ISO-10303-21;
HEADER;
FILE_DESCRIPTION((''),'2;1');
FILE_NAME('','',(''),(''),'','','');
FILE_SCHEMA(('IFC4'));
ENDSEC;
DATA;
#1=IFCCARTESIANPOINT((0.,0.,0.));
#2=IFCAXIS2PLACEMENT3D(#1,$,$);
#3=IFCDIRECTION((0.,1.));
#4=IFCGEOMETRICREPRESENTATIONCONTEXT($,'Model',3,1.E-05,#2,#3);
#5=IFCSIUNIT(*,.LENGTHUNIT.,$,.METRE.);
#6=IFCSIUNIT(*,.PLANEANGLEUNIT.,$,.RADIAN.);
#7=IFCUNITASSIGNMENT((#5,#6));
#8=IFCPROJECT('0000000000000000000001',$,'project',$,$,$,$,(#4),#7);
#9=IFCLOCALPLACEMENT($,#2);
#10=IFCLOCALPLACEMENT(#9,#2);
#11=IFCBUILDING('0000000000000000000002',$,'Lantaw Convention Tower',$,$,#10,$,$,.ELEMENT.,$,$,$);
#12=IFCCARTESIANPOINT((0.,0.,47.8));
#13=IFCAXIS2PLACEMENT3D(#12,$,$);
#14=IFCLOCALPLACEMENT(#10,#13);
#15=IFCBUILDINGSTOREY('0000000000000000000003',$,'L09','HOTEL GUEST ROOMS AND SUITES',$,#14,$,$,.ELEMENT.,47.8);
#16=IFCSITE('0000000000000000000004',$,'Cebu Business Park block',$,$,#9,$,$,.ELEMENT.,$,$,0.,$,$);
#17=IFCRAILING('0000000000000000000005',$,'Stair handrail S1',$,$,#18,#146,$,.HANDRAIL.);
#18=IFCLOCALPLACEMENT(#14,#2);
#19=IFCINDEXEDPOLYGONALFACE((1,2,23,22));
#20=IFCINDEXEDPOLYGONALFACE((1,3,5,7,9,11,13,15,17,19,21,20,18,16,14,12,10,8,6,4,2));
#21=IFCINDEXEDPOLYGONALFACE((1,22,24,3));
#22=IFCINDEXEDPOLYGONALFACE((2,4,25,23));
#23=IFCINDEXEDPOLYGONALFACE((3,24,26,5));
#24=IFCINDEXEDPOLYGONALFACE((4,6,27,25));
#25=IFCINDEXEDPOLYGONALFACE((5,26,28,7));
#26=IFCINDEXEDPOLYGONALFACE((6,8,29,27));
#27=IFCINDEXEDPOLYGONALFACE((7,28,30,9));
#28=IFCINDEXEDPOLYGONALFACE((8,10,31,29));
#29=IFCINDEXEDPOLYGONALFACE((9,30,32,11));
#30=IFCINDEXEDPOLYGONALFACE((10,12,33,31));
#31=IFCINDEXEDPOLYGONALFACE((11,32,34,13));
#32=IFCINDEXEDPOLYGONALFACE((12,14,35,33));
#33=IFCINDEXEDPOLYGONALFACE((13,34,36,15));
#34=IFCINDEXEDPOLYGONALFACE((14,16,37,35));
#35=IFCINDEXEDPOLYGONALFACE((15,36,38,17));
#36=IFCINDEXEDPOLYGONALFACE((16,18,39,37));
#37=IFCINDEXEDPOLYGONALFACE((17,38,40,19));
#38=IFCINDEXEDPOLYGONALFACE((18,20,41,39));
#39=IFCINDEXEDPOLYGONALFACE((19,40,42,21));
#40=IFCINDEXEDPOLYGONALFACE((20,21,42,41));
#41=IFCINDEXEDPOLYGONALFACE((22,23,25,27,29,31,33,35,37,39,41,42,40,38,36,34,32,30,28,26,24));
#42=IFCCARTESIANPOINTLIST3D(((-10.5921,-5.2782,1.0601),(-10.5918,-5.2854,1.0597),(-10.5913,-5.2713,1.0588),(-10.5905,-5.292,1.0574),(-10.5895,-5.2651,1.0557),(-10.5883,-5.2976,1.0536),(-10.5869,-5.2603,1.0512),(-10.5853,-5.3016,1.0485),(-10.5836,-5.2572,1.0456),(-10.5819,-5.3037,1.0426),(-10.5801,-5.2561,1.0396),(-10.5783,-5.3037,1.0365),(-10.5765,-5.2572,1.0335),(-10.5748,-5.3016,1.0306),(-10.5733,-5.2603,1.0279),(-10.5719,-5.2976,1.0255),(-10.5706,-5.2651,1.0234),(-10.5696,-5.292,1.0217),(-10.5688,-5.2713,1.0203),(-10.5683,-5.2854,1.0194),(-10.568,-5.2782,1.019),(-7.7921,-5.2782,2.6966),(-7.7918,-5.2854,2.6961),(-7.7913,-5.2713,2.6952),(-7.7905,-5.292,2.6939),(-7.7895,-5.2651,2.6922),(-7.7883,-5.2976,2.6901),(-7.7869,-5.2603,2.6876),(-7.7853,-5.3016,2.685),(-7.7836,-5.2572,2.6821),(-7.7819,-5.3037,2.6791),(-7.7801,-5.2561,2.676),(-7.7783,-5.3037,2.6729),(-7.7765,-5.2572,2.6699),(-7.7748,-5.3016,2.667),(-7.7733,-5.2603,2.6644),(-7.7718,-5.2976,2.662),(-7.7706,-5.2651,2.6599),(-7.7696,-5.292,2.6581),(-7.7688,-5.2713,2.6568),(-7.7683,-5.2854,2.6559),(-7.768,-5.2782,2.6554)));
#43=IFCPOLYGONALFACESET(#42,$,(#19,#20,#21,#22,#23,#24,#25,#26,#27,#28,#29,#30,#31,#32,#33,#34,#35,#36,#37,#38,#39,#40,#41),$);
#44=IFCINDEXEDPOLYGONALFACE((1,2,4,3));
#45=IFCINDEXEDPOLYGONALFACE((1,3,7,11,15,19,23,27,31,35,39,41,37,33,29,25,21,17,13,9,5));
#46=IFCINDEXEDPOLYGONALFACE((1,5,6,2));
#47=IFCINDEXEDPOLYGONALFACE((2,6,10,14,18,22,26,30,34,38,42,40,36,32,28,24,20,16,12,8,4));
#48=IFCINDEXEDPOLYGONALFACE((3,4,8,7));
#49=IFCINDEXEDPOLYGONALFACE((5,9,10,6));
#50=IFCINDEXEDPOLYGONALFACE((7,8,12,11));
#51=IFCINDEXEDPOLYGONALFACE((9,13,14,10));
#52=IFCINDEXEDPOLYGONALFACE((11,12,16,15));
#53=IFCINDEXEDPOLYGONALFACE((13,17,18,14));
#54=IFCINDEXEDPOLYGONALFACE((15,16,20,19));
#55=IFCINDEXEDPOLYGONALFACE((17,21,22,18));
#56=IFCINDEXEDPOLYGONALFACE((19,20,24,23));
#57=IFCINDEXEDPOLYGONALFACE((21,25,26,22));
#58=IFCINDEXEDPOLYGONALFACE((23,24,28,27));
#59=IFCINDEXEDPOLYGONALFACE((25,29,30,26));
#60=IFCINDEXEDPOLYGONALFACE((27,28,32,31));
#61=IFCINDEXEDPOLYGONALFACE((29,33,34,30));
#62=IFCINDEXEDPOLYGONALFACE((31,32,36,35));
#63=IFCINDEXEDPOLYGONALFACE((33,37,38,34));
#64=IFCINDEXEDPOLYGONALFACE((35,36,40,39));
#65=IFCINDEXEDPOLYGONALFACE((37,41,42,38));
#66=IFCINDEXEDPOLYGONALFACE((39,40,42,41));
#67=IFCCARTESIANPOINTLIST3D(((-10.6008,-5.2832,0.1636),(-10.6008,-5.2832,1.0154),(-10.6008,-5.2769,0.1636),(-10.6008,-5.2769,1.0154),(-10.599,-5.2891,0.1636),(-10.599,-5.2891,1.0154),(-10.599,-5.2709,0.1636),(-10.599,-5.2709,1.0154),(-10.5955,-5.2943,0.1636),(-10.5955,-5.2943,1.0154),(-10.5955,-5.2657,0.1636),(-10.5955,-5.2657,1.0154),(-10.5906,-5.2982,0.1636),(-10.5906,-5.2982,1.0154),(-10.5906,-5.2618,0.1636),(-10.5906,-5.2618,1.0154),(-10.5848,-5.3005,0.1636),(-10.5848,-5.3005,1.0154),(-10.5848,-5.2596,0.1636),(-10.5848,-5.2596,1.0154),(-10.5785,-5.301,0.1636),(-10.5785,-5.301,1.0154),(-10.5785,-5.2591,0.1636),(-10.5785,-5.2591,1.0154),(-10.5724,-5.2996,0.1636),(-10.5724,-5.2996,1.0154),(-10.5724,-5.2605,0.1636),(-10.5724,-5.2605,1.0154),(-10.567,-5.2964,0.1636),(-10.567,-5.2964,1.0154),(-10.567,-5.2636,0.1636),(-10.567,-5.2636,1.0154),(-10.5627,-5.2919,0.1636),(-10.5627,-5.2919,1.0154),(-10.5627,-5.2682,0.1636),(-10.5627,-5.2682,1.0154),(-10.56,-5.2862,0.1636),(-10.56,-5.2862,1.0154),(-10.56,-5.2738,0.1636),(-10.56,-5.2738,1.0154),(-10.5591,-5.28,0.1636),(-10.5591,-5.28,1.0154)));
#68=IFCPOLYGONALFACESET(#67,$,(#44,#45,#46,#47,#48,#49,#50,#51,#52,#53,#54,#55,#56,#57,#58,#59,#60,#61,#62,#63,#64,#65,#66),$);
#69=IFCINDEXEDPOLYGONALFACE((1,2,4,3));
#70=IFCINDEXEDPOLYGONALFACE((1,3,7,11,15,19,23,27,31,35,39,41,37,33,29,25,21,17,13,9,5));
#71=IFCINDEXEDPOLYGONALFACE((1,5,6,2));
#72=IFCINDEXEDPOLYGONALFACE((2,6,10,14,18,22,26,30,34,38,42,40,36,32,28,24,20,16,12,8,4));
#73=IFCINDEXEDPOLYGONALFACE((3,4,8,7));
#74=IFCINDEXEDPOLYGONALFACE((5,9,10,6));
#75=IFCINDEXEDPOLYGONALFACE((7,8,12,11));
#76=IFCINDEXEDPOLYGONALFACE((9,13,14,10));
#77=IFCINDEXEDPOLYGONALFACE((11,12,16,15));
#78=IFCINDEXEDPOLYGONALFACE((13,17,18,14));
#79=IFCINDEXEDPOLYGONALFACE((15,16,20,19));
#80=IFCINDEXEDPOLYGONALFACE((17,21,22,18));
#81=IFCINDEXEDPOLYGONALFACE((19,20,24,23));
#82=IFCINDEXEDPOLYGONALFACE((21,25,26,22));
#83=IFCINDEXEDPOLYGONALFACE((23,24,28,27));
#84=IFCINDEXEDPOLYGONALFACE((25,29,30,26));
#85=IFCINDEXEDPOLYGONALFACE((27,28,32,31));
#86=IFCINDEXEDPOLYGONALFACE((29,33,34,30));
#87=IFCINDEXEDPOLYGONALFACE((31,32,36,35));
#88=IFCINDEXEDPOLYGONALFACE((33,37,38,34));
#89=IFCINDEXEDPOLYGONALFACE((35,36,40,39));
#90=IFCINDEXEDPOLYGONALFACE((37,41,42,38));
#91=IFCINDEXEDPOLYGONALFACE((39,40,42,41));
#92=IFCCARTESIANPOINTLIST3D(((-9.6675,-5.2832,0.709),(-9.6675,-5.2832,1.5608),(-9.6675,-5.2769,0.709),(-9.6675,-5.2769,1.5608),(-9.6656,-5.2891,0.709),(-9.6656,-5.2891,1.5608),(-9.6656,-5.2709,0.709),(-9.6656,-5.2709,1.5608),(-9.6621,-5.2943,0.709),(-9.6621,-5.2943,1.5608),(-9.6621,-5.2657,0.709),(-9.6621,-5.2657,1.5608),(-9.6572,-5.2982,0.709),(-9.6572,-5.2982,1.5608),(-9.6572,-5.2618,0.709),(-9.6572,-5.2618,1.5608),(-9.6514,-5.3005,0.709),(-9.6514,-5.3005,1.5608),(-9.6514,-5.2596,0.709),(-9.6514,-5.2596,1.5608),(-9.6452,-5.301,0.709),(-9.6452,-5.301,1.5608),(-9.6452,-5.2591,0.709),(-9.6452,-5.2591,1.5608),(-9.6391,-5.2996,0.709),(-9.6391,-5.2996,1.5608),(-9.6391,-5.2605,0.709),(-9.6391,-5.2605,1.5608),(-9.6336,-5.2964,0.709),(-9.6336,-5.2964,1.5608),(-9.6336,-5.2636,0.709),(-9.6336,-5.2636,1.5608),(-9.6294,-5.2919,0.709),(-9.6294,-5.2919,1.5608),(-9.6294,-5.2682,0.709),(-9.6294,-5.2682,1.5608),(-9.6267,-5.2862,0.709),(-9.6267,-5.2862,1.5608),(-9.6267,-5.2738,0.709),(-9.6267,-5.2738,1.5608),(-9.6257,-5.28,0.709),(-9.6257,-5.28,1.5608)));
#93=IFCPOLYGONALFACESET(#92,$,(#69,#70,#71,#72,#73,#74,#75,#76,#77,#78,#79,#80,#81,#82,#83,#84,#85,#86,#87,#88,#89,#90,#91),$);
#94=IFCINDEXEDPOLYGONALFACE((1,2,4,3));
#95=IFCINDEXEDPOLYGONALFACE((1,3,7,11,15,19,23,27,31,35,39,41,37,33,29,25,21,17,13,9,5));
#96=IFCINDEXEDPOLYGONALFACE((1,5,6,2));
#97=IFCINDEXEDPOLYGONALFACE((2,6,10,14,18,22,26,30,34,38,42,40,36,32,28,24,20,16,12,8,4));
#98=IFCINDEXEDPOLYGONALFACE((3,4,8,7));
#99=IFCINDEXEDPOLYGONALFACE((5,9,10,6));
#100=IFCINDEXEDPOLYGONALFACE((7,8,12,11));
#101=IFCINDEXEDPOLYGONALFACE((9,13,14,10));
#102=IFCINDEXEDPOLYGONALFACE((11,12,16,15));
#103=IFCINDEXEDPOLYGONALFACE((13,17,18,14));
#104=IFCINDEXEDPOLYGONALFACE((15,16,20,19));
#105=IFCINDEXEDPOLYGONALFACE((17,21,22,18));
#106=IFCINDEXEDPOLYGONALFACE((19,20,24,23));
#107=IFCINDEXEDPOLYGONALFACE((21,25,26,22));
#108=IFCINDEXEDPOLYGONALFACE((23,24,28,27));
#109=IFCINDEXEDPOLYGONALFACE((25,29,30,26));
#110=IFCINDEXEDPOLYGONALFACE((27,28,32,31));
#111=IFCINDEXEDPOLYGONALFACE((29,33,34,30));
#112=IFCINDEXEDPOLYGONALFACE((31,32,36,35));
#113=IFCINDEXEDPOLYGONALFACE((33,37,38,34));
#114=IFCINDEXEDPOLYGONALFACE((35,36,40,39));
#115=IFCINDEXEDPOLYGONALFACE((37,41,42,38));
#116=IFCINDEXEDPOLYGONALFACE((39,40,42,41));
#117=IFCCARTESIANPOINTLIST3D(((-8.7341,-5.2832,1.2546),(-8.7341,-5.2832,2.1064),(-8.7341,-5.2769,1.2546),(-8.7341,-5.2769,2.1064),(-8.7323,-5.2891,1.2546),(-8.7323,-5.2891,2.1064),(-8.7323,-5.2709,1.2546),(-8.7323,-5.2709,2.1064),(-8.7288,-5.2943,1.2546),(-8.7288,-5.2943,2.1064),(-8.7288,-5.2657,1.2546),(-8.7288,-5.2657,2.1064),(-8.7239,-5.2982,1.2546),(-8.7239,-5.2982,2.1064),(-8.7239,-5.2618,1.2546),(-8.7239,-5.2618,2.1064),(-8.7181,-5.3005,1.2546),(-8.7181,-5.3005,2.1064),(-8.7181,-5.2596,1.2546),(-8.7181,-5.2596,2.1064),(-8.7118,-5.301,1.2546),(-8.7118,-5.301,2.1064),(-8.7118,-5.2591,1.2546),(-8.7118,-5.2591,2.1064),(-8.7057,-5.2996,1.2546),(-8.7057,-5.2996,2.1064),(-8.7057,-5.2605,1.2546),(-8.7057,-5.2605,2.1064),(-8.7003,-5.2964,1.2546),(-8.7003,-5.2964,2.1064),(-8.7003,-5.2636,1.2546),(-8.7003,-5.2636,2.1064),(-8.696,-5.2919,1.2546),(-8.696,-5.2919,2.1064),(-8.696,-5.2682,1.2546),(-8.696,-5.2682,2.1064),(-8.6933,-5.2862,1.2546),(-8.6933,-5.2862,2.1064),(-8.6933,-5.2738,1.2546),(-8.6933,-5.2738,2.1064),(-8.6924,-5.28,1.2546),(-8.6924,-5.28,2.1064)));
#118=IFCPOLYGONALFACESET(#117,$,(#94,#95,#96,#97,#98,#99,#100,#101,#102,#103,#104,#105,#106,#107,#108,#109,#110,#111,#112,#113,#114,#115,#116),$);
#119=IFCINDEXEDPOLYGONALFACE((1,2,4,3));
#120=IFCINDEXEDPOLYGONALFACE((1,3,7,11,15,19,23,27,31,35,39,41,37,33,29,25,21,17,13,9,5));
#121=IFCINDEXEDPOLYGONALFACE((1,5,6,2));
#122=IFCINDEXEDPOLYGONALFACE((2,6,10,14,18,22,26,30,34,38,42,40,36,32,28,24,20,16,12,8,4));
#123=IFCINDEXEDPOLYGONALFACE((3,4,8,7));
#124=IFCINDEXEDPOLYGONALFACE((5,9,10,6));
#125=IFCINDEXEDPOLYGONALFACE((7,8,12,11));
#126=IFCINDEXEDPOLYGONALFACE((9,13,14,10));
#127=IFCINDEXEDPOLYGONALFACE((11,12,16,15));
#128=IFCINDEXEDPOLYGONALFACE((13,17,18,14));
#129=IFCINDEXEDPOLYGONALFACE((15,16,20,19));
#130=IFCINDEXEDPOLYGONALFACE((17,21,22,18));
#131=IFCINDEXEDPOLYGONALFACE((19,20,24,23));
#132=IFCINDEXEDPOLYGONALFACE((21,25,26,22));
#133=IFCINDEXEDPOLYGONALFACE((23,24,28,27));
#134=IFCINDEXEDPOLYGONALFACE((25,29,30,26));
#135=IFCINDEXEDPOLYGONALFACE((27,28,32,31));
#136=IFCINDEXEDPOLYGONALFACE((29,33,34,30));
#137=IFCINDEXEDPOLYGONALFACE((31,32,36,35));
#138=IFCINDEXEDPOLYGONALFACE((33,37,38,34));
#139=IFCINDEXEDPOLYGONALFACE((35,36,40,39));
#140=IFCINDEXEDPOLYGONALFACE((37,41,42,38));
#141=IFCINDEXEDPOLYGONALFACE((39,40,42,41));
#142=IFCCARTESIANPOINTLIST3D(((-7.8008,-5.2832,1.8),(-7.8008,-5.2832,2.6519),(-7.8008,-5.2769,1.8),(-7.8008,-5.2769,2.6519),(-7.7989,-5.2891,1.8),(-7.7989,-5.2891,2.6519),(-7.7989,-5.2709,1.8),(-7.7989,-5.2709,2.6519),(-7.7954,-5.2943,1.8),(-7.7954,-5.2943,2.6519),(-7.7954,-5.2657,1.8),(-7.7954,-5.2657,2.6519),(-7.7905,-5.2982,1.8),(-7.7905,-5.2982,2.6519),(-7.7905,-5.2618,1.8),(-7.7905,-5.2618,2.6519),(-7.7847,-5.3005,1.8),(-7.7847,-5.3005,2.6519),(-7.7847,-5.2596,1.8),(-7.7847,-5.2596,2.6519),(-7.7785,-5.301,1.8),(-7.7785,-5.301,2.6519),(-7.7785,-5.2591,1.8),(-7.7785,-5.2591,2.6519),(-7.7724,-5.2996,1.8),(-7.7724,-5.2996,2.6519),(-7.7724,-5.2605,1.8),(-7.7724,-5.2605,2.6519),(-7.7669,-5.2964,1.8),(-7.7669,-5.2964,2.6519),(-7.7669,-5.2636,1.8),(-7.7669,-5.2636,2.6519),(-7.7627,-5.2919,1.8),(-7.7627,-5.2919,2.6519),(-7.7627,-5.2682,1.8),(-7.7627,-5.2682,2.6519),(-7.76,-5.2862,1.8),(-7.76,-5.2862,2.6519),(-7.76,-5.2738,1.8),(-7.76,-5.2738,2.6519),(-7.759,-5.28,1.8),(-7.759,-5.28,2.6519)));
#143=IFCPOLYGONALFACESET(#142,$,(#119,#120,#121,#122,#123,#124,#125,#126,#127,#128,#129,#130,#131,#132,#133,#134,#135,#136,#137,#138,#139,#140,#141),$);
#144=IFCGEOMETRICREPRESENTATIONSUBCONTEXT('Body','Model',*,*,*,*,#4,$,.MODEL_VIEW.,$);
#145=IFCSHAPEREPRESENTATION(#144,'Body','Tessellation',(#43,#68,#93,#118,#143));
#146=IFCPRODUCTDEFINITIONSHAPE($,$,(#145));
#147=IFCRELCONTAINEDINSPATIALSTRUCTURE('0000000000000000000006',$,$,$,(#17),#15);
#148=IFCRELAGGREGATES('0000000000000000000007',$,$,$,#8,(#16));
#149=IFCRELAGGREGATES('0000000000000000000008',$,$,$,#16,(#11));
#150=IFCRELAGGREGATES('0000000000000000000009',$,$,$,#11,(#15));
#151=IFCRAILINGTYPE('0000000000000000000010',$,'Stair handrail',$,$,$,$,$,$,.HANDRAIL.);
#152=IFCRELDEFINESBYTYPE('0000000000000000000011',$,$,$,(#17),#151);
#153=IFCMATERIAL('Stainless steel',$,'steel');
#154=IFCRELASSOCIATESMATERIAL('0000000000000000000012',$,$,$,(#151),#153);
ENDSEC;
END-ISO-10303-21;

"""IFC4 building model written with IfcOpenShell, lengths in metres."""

from ifc_helpers import new_model, si_unit, direction, frame, origin, origin_2d, place, context, subcontext, project, spatial, circle, extrude, material, type_object, element, save


model = new_model("IFC4")

# Units and contexts
model_context = context("Model", 3, precision=1e-05, world=origin(), true_north=direction((0.0, 1.0)))
body_context = subcontext(model_context, "Body", "Model", "MODEL_VIEW")
ifc_project = project(units=[si_unit("LENGTHUNIT", "METRE"), si_unit("PLANEANGLEUNIT", "RADIAN")], contexts=[model_context])

# Site, building, storey
site_placement = place(None, origin())
site = spatial("IfcSite", under=ifc_project, at=site_placement, Name="Cebu Business Park block", CompositionType="ELEMENT", RefElevation=0.0)
building_placement = place(site_placement, origin())
building = spatial("IfcBuilding", under=site, at=building_placement, Name="Lantaw Convention Tower", CompositionType="ELEMENT")
storey_placement = place(building_placement, frame((0.0, 0.0, 47.8)))
storey = spatial("IfcBuildingStorey", under=building, at=storey_placement, Name="L09", Description="HOTEL GUEST ROOMS AND SUITES", CompositionType="ELEMENT", Elevation=47.8)

# Shared definitions
ifc_material_1 = material(Name="Stainless steel", Category="steel")

# Railing
railing_type = type_object("IfcRailingType", Name="Stair handrail", PredefinedType="HANDRAIL", material=ifc_material_1)
railing_1_placement = place(storey_placement, frame((-10.5801, -5.28, 0.1636)))
element("IfcRailing", 1, at=railing_1_placement, inside=storey, type_object=railing_type, Name="Stair handrail S1", PredefinedType="HANDRAIL", context=body_context, shape_type="SweptSolid", body=[
    extrude(circle(Radius=0.0239, at=origin_2d()), frame((0.0, 0.0, 0.876), z_axis=(0.863361, 0.0, 0.504587), x_axis=(0.0, 1.0, 0.0)), (0.0, 0.0, 1.0), 3.2432),
    extrude(circle(Radius=0.021, at=origin_2d()), origin(), (0.0, 0.0, 1.0), 0.8518),
    extrude(circle(Radius=0.021, at=origin_2d()), frame((0.9333, 0.0, 0.5454)), (0.0, 0.0, 1.0), 0.8518),
    extrude(circle(Radius=0.021, at=origin_2d()), frame((1.8667, 0.0, 1.0911)), (0.0, 0.0, 1.0), 0.8518),
    extrude(circle(Radius=0.021, at=origin_2d()), frame((2.8, 0.0, 1.6365)), (0.0, 0.0, 1.0), 0.8518),
])

save(model, "model.ifc")
